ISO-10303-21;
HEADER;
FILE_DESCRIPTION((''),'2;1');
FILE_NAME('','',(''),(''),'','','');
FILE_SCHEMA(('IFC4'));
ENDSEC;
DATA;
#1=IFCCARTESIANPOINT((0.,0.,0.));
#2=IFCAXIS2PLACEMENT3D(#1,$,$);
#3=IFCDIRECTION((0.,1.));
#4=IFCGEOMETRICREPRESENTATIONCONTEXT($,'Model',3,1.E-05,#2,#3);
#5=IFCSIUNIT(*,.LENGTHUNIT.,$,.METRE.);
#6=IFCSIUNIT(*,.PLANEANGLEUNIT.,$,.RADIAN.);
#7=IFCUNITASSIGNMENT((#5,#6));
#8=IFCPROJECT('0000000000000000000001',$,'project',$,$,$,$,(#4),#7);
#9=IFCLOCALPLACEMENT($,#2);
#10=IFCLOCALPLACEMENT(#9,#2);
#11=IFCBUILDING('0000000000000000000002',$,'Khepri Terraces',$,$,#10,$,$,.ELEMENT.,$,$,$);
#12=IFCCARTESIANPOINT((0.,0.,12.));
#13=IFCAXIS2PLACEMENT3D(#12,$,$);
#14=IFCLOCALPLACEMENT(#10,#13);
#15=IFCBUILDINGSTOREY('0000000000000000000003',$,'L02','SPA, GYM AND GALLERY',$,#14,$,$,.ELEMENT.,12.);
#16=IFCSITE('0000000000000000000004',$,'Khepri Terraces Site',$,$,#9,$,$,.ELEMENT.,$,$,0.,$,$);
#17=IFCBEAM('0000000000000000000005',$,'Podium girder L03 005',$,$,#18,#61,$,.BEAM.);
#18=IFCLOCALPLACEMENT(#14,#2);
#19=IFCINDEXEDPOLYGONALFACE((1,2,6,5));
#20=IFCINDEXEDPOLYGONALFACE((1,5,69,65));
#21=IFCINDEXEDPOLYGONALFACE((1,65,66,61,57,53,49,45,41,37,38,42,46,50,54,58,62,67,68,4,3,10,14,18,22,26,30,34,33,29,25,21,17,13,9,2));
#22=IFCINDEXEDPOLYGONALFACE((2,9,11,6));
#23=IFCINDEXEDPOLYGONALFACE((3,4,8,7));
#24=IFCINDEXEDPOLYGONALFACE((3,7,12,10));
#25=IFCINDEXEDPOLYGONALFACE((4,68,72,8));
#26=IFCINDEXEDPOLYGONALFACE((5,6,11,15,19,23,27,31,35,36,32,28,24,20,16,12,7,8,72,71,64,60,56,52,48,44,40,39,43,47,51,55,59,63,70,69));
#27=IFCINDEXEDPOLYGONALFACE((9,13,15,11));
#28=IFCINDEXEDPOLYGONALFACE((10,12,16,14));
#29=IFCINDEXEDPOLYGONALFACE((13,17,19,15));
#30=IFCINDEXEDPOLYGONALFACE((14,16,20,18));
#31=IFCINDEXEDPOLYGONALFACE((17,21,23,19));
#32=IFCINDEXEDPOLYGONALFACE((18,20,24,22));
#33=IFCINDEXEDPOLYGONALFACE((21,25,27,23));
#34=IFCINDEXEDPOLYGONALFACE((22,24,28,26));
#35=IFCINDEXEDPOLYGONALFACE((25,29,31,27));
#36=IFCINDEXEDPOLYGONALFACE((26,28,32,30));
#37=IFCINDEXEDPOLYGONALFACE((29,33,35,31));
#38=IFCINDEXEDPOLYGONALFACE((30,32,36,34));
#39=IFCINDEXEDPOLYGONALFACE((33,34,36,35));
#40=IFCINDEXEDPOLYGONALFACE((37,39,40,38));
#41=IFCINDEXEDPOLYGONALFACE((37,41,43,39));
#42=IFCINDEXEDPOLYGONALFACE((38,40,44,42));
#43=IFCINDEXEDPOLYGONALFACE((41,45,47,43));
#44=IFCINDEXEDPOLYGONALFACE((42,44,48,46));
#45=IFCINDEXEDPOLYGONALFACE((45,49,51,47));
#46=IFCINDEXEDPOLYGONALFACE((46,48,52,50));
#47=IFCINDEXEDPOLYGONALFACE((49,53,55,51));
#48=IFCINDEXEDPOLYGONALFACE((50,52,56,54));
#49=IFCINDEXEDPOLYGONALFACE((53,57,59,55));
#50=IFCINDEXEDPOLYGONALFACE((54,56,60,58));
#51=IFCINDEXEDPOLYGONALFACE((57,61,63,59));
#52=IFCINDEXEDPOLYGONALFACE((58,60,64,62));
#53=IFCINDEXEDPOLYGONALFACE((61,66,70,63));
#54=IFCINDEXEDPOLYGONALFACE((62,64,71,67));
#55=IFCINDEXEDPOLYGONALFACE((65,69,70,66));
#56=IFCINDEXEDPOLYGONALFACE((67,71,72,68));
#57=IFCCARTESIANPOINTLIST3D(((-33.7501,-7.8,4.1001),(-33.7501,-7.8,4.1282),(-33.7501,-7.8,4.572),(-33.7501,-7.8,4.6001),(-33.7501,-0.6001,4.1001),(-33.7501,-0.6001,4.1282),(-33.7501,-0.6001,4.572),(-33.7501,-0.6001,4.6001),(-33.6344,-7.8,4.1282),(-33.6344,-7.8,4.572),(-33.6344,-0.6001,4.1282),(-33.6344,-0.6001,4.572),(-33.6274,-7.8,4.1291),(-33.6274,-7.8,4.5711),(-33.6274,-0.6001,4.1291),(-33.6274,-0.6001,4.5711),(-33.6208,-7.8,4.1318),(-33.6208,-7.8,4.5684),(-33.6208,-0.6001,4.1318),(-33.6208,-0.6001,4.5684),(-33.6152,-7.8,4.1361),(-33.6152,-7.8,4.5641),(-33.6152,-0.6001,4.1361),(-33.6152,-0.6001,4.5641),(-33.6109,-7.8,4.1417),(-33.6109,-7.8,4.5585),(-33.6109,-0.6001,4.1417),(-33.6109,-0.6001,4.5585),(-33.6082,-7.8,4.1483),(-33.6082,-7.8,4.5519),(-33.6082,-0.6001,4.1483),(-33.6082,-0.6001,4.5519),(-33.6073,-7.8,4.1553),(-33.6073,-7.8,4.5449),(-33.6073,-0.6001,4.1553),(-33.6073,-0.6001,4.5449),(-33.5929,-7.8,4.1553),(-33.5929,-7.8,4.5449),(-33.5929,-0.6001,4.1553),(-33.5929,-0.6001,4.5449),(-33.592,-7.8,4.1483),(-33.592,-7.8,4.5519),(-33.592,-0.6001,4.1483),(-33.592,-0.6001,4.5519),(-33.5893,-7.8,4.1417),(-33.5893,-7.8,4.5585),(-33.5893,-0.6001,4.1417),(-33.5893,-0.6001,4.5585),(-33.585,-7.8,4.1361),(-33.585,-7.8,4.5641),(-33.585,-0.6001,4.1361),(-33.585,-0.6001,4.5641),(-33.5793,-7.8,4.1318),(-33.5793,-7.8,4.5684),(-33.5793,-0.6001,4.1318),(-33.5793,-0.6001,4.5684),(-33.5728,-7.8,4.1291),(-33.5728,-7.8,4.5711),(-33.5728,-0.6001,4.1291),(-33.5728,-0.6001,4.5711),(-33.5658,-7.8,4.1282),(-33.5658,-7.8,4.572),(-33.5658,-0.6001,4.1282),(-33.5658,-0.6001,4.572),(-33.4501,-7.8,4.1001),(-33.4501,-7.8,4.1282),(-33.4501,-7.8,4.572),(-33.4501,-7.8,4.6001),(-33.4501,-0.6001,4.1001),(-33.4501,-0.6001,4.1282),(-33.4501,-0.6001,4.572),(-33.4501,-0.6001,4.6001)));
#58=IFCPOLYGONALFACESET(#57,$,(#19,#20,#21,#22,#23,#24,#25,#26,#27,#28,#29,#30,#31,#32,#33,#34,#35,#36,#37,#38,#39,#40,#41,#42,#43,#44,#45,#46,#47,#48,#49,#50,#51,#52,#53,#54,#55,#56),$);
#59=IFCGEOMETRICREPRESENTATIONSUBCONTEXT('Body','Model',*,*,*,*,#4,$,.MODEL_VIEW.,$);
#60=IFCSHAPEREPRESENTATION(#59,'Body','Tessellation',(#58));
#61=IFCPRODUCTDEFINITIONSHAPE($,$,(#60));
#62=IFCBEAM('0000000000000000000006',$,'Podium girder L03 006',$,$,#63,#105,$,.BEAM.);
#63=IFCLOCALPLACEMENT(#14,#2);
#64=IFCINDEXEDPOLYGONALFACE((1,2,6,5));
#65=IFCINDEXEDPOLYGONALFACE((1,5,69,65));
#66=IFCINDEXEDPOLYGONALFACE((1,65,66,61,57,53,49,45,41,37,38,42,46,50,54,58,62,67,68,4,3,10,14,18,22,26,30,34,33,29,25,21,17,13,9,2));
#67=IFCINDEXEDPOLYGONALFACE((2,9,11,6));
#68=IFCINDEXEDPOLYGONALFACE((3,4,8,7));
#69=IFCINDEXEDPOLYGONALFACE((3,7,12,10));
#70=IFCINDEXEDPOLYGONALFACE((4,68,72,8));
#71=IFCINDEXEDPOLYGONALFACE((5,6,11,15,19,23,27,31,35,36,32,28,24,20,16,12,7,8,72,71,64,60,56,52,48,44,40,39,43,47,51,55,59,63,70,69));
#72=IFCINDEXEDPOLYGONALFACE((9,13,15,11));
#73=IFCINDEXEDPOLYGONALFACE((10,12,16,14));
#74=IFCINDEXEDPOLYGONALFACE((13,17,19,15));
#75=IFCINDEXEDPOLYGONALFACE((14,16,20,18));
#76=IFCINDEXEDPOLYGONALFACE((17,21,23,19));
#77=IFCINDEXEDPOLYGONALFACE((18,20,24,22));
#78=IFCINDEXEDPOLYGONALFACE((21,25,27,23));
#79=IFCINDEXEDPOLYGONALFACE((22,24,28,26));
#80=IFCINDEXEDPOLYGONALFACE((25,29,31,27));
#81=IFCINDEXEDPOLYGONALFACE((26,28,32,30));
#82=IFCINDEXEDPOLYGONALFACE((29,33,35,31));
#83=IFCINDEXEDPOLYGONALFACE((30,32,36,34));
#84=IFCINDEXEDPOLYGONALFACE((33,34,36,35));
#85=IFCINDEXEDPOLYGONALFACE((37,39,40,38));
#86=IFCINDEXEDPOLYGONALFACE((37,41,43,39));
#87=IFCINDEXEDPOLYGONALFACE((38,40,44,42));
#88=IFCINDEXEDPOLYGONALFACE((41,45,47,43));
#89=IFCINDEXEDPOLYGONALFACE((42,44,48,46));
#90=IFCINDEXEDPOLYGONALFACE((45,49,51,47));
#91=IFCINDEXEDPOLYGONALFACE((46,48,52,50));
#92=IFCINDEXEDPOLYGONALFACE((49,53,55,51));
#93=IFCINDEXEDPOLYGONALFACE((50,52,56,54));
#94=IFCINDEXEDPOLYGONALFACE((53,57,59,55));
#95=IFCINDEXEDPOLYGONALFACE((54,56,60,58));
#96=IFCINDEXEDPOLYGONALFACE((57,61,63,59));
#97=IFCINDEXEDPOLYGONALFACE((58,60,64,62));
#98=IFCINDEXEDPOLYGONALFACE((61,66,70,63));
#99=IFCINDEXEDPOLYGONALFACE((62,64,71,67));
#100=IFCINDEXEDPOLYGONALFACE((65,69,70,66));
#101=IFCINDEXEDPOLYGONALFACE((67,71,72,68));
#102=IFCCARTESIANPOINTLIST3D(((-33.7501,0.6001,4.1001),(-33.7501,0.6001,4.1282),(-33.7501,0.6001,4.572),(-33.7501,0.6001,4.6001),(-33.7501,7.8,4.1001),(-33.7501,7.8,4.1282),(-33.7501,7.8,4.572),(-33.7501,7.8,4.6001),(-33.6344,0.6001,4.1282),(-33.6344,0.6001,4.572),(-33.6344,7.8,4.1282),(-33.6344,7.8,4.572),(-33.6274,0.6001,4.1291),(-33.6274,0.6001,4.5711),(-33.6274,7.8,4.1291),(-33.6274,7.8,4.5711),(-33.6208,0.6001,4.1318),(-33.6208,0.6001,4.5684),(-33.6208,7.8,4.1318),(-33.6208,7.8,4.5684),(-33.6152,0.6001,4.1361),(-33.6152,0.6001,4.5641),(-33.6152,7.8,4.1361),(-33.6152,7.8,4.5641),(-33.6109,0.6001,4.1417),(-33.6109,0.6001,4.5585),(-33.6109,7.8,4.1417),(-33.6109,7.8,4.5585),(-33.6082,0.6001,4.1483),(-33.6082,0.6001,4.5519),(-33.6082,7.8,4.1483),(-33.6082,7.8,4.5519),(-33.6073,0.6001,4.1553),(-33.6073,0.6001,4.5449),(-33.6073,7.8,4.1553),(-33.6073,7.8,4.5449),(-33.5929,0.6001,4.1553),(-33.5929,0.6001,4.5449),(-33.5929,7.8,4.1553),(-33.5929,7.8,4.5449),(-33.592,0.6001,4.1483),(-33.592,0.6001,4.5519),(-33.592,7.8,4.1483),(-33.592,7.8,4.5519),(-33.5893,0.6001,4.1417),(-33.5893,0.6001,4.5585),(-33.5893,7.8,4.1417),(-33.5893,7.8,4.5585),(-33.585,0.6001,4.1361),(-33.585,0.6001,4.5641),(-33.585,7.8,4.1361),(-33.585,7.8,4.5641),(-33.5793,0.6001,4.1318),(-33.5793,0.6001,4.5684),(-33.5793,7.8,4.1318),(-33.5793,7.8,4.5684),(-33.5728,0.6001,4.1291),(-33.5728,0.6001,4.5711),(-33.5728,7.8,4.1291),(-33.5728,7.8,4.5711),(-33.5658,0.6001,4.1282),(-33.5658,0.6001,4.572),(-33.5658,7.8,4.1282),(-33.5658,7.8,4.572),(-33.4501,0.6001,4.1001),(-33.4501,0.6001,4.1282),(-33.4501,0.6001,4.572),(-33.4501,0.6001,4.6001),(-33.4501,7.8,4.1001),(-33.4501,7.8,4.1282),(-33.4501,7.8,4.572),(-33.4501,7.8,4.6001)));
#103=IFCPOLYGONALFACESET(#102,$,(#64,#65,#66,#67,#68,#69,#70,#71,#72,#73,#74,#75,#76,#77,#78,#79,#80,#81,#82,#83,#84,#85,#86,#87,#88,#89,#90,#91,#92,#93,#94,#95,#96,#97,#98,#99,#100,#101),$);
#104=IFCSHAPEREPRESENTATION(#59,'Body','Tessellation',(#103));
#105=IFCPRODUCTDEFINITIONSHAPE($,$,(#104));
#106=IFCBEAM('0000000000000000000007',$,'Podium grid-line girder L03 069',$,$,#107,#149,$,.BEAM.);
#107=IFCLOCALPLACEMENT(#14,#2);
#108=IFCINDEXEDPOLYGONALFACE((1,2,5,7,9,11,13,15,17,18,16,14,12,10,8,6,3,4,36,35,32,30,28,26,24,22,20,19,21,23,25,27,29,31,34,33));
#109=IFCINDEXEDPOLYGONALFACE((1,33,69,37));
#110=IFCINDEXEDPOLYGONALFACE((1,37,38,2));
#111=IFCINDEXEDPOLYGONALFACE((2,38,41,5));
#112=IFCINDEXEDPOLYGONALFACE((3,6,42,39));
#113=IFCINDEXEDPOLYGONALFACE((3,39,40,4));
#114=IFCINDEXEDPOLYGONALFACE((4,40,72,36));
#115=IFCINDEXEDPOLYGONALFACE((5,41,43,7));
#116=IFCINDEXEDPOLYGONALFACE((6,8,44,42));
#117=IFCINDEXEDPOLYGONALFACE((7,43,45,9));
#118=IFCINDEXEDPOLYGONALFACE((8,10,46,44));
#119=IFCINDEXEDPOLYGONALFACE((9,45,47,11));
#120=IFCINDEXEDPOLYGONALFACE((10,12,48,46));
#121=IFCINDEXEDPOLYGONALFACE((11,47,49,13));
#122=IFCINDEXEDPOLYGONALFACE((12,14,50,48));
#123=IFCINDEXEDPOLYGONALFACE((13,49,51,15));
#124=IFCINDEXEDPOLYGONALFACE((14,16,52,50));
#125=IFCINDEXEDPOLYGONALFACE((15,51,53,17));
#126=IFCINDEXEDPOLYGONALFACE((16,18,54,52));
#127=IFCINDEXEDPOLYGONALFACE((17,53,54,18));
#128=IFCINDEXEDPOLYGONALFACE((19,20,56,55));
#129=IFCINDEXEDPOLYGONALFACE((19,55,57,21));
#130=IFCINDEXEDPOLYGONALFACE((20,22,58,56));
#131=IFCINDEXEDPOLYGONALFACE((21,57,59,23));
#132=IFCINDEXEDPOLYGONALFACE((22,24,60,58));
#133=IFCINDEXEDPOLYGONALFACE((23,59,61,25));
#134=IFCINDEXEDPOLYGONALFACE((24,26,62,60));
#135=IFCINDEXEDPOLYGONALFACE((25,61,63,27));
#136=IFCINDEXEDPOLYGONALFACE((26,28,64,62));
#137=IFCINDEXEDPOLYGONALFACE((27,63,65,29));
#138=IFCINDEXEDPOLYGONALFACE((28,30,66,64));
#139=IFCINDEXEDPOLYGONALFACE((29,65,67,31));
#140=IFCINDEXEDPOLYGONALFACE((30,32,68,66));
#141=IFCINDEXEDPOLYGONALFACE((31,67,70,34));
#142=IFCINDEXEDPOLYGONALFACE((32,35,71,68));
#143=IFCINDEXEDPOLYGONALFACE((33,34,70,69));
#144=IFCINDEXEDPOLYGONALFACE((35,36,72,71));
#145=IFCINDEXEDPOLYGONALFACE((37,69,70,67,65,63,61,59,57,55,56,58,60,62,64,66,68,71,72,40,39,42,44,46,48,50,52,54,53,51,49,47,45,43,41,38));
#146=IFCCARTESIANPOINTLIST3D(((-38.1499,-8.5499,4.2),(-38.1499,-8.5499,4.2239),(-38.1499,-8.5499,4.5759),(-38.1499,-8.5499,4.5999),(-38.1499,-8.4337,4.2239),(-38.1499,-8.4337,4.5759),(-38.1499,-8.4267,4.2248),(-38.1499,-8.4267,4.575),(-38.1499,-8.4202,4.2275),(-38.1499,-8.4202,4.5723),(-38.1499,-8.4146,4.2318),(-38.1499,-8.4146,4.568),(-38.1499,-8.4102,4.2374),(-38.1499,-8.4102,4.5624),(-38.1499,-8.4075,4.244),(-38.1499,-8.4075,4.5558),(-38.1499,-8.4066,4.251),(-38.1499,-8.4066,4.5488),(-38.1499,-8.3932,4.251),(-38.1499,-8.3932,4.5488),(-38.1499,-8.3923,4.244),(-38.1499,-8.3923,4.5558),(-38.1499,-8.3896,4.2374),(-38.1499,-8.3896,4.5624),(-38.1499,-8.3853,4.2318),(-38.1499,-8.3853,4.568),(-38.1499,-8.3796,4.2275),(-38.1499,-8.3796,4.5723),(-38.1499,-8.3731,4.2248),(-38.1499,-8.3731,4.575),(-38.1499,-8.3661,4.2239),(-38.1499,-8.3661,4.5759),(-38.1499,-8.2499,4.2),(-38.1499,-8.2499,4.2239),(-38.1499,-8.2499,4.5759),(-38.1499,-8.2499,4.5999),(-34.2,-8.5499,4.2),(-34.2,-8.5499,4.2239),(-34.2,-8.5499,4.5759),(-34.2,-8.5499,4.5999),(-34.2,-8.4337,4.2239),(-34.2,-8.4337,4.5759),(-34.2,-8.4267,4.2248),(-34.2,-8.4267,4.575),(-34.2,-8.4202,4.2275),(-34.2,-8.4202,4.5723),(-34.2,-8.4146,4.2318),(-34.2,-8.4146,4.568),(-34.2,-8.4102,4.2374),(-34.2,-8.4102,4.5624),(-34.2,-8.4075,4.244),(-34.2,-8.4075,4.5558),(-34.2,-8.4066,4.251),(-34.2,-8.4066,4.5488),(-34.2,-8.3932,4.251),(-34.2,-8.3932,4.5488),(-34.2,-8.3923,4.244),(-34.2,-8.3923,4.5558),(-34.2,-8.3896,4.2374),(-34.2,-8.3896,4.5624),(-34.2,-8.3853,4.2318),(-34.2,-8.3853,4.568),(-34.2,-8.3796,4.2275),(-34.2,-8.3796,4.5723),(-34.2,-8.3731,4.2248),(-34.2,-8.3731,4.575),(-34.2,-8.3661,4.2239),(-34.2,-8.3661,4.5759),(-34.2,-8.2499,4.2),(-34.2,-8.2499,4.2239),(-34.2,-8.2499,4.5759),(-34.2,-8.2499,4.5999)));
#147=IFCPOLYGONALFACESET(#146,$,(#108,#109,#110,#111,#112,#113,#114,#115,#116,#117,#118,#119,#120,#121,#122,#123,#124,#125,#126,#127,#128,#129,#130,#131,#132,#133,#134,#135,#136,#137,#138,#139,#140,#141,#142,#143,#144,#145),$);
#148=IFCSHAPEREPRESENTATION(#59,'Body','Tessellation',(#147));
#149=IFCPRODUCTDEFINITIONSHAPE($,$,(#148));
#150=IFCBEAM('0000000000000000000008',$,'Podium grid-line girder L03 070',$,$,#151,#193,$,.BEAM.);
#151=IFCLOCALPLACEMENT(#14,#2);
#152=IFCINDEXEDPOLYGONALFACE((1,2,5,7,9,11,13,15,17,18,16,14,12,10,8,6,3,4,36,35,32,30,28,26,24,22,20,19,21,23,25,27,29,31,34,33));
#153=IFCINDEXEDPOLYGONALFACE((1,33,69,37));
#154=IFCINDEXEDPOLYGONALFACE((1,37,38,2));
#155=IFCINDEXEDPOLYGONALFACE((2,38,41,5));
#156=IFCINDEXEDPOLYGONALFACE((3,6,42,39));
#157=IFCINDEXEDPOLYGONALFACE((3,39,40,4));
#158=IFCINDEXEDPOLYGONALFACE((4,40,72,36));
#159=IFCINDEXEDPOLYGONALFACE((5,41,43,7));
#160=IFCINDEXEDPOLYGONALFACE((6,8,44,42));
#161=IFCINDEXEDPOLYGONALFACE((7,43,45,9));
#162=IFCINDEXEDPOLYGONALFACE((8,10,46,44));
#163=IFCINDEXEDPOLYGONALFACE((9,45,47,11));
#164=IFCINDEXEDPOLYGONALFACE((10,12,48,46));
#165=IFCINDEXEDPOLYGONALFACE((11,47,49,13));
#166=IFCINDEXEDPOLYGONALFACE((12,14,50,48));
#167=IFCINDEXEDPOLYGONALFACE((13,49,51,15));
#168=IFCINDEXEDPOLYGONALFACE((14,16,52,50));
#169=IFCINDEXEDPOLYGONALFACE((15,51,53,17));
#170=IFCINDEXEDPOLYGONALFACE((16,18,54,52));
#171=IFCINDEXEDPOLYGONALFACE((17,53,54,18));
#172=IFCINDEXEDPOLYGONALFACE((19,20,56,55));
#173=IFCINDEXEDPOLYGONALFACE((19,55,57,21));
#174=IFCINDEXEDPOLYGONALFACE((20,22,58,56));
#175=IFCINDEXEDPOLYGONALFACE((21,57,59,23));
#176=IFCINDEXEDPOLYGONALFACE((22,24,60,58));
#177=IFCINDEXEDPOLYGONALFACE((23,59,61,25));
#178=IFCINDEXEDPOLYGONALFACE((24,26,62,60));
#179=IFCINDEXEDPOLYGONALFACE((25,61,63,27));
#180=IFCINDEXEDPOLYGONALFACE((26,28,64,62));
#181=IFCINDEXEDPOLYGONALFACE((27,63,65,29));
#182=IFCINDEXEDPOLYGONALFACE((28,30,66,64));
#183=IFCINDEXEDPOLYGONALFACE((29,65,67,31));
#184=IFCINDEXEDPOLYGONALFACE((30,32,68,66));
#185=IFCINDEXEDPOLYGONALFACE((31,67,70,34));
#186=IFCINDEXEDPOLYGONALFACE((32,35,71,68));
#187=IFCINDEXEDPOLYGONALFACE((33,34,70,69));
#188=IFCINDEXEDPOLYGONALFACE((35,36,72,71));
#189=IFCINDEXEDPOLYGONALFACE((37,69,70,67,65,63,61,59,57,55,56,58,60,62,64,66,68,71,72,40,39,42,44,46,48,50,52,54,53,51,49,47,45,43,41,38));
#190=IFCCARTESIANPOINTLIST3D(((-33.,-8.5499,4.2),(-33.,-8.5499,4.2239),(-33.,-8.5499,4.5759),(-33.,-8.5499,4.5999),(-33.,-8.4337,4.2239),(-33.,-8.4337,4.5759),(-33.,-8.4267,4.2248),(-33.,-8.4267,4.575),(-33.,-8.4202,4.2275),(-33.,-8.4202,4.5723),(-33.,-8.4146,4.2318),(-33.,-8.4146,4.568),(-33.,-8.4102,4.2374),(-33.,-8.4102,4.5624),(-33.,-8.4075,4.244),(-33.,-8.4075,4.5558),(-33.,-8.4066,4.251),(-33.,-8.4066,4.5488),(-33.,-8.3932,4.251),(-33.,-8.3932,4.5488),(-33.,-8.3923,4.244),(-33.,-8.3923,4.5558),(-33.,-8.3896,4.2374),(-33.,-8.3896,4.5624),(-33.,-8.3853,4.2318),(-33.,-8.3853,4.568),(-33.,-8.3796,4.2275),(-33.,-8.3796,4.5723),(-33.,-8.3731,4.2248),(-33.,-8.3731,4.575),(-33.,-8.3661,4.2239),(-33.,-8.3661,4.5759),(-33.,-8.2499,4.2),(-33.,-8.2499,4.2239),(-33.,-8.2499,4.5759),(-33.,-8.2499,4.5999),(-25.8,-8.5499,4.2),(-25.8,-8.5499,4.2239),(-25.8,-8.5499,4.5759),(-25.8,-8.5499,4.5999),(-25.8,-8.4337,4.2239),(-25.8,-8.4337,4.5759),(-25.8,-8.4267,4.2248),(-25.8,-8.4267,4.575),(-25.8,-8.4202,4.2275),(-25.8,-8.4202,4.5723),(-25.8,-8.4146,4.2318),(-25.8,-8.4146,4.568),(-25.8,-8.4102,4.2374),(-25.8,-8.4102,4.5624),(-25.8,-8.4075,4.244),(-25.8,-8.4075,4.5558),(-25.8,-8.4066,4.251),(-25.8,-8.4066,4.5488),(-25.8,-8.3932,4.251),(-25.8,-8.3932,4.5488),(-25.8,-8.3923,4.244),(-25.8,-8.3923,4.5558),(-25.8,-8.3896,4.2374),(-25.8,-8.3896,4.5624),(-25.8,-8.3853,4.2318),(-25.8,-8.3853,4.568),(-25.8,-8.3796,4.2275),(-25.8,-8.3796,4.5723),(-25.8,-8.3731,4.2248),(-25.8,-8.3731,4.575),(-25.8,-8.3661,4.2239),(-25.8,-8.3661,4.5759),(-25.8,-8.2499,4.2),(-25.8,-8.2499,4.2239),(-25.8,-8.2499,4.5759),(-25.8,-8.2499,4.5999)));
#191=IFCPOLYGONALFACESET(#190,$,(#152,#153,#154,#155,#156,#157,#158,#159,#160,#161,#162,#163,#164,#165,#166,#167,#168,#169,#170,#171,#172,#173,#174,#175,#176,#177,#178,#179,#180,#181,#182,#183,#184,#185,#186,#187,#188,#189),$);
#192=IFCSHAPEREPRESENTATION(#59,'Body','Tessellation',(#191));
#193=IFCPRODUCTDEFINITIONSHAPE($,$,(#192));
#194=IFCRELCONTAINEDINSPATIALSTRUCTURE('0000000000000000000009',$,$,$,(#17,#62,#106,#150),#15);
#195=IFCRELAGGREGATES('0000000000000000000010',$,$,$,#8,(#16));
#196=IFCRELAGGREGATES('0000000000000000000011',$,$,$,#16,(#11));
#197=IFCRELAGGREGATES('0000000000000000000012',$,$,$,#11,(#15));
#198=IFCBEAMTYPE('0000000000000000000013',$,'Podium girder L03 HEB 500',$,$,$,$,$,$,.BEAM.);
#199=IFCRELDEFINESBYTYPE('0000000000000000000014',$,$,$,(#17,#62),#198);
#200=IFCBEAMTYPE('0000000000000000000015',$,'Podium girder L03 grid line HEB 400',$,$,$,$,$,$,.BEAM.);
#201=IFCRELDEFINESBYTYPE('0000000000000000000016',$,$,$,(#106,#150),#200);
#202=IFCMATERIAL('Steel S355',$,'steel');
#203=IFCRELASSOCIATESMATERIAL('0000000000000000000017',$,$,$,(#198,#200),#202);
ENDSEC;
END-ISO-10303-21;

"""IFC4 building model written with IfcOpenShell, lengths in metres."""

from ifc_helpers import new_model, si_unit, direction, frame, origin, origin_2d, place, context, subcontext, project, spatial, i_section, extrude, material, material_profile, profile_set, type_object, element, save


model = new_model("IFC4")

# Units and contexts
model_context = context("Model", 3, precision=1e-05, world=origin(), true_north=direction((0.0, 1.0)))
body_context = subcontext(model_context, "Body", "Model", "MODEL_VIEW")
ifc_project = project(units=[si_unit("LENGTHUNIT", "METRE"), si_unit("PLANEANGLEUNIT", "RADIAN")], contexts=[model_context])

# Site, building, storey
site_placement = place(None, origin())
site = spatial("IfcSite", under=ifc_project, at=site_placement, Name="Khepri Terraces Site", CompositionType="ELEMENT", RefElevation=0.0)
building_placement = place(site_placement, origin())
building = spatial("IfcBuilding", under=site, at=building_placement, Name="Khepri Terraces", CompositionType="ELEMENT")
storey_placement = place(building_placement, frame((0.0, 0.0, 12.0)))
storey = spatial("IfcBuildingStorey", under=building, at=storey_placement, Name="L02", Description="SPA, GYM AND GALLERY", CompositionType="ELEMENT", Elevation=12.0)

# Beams
ifc_material_1 = material(Name="Steel S355", Category="steel")
ifc_material_profile_1 = material_profile(ifc_material_1, i_section(OverallWidth=0.3, OverallDepth=0.5, WebThickness=0.0144, FlangeThickness=0.0281, FilletRadius=0.0271, at=origin_2d()), Name="Steel S355", Category="steel")
ifc_profile_set_1 = profile_set([ifc_material_profile_1], Name="Steel S355")
beam_type_1 = type_object("IfcBeamType", Name="Podium girder L03 HEB 500", PredefinedType="BEAM", material=ifc_profile_set_1)
for number, where, z_axis, x_axis, name in (
    (1, (-33.6001, -7.8, 4.3501), (0.0, 1.0, 0.0), (-1.0, 0.0, 0.0), "Podium girder L03 005"),
    (2, (-33.6001, 0.6001, 4.3501), (0.0, 1.0, 0.0), (-1.0, 0.0, 0.0), "Podium girder L03 006"),
):
    element("IfcBeam", number, at=place(storey_placement, frame(where, z_axis=z_axis, x_axis=x_axis)), inside=storey, type_object=beam_type_1, Name=name, PredefinedType="BEAM", context=body_context, shape_type="SweptSolid", body=[
        extrude(i_section(OverallWidth=0.3, OverallDepth=0.5, WebThickness=0.0144, FlangeThickness=0.0281, FilletRadius=0.0271, at=origin_2d()), origin(), (0.0, 0.0, 1.0), 7.2),
    ])
ifc_material_profile_2 = material_profile(ifc_material_1, i_section(OverallWidth=0.3, OverallDepth=0.3999, WebThickness=0.0134, FlangeThickness=0.0239, FilletRadius=0.0271, at=origin_2d()), Name="Steel S355", Category="steel")
ifc_profile_set_2 = profile_set([ifc_material_profile_2], Name="Steel S355")
beam_type_2 = type_object("IfcBeamType", Name="Podium girder L03 grid line HEB 400", PredefinedType="BEAM", material=ifc_profile_set_2)
beam_1_placement = place(storey_placement, frame((-38.1499, -8.3999, 4.3999), z_axis=(1.0, 0.0, 0.0), x_axis=(0.0, 1.0, 0.0)))
element("IfcBeam", 3, at=beam_1_placement, inside=storey, type_object=beam_type_2, Name="Podium grid-line girder L03 069", PredefinedType="BEAM", context=body_context, shape_type="SweptSolid", body=[
    extrude(i_section(OverallWidth=0.3, OverallDepth=0.3999, WebThickness=0.0134, FlangeThickness=0.0239, FilletRadius=0.0271, at=origin_2d()), origin(), (0.0, 0.0, 1.0), 3.95),
])
beam_2_placement = place(storey_placement, frame((-33.0, -8.3999, 4.3999), z_axis=(1.0, 0.0, 0.0), x_axis=(0.0, 1.0, 0.0)))
element("IfcBeam", 4, at=beam_2_placement, inside=storey, type_object=beam_type_2, Name="Podium grid-line girder L03 070", PredefinedType="BEAM", context=body_context, shape_type="SweptSolid", body=[
    extrude(i_section(OverallWidth=0.3, OverallDepth=0.3999, WebThickness=0.0134, FlangeThickness=0.0239, FilletRadius=0.0271, at=origin_2d()), origin(), (0.0, 0.0, 1.0), 7.2),
])

save(model, "model.ifc")
